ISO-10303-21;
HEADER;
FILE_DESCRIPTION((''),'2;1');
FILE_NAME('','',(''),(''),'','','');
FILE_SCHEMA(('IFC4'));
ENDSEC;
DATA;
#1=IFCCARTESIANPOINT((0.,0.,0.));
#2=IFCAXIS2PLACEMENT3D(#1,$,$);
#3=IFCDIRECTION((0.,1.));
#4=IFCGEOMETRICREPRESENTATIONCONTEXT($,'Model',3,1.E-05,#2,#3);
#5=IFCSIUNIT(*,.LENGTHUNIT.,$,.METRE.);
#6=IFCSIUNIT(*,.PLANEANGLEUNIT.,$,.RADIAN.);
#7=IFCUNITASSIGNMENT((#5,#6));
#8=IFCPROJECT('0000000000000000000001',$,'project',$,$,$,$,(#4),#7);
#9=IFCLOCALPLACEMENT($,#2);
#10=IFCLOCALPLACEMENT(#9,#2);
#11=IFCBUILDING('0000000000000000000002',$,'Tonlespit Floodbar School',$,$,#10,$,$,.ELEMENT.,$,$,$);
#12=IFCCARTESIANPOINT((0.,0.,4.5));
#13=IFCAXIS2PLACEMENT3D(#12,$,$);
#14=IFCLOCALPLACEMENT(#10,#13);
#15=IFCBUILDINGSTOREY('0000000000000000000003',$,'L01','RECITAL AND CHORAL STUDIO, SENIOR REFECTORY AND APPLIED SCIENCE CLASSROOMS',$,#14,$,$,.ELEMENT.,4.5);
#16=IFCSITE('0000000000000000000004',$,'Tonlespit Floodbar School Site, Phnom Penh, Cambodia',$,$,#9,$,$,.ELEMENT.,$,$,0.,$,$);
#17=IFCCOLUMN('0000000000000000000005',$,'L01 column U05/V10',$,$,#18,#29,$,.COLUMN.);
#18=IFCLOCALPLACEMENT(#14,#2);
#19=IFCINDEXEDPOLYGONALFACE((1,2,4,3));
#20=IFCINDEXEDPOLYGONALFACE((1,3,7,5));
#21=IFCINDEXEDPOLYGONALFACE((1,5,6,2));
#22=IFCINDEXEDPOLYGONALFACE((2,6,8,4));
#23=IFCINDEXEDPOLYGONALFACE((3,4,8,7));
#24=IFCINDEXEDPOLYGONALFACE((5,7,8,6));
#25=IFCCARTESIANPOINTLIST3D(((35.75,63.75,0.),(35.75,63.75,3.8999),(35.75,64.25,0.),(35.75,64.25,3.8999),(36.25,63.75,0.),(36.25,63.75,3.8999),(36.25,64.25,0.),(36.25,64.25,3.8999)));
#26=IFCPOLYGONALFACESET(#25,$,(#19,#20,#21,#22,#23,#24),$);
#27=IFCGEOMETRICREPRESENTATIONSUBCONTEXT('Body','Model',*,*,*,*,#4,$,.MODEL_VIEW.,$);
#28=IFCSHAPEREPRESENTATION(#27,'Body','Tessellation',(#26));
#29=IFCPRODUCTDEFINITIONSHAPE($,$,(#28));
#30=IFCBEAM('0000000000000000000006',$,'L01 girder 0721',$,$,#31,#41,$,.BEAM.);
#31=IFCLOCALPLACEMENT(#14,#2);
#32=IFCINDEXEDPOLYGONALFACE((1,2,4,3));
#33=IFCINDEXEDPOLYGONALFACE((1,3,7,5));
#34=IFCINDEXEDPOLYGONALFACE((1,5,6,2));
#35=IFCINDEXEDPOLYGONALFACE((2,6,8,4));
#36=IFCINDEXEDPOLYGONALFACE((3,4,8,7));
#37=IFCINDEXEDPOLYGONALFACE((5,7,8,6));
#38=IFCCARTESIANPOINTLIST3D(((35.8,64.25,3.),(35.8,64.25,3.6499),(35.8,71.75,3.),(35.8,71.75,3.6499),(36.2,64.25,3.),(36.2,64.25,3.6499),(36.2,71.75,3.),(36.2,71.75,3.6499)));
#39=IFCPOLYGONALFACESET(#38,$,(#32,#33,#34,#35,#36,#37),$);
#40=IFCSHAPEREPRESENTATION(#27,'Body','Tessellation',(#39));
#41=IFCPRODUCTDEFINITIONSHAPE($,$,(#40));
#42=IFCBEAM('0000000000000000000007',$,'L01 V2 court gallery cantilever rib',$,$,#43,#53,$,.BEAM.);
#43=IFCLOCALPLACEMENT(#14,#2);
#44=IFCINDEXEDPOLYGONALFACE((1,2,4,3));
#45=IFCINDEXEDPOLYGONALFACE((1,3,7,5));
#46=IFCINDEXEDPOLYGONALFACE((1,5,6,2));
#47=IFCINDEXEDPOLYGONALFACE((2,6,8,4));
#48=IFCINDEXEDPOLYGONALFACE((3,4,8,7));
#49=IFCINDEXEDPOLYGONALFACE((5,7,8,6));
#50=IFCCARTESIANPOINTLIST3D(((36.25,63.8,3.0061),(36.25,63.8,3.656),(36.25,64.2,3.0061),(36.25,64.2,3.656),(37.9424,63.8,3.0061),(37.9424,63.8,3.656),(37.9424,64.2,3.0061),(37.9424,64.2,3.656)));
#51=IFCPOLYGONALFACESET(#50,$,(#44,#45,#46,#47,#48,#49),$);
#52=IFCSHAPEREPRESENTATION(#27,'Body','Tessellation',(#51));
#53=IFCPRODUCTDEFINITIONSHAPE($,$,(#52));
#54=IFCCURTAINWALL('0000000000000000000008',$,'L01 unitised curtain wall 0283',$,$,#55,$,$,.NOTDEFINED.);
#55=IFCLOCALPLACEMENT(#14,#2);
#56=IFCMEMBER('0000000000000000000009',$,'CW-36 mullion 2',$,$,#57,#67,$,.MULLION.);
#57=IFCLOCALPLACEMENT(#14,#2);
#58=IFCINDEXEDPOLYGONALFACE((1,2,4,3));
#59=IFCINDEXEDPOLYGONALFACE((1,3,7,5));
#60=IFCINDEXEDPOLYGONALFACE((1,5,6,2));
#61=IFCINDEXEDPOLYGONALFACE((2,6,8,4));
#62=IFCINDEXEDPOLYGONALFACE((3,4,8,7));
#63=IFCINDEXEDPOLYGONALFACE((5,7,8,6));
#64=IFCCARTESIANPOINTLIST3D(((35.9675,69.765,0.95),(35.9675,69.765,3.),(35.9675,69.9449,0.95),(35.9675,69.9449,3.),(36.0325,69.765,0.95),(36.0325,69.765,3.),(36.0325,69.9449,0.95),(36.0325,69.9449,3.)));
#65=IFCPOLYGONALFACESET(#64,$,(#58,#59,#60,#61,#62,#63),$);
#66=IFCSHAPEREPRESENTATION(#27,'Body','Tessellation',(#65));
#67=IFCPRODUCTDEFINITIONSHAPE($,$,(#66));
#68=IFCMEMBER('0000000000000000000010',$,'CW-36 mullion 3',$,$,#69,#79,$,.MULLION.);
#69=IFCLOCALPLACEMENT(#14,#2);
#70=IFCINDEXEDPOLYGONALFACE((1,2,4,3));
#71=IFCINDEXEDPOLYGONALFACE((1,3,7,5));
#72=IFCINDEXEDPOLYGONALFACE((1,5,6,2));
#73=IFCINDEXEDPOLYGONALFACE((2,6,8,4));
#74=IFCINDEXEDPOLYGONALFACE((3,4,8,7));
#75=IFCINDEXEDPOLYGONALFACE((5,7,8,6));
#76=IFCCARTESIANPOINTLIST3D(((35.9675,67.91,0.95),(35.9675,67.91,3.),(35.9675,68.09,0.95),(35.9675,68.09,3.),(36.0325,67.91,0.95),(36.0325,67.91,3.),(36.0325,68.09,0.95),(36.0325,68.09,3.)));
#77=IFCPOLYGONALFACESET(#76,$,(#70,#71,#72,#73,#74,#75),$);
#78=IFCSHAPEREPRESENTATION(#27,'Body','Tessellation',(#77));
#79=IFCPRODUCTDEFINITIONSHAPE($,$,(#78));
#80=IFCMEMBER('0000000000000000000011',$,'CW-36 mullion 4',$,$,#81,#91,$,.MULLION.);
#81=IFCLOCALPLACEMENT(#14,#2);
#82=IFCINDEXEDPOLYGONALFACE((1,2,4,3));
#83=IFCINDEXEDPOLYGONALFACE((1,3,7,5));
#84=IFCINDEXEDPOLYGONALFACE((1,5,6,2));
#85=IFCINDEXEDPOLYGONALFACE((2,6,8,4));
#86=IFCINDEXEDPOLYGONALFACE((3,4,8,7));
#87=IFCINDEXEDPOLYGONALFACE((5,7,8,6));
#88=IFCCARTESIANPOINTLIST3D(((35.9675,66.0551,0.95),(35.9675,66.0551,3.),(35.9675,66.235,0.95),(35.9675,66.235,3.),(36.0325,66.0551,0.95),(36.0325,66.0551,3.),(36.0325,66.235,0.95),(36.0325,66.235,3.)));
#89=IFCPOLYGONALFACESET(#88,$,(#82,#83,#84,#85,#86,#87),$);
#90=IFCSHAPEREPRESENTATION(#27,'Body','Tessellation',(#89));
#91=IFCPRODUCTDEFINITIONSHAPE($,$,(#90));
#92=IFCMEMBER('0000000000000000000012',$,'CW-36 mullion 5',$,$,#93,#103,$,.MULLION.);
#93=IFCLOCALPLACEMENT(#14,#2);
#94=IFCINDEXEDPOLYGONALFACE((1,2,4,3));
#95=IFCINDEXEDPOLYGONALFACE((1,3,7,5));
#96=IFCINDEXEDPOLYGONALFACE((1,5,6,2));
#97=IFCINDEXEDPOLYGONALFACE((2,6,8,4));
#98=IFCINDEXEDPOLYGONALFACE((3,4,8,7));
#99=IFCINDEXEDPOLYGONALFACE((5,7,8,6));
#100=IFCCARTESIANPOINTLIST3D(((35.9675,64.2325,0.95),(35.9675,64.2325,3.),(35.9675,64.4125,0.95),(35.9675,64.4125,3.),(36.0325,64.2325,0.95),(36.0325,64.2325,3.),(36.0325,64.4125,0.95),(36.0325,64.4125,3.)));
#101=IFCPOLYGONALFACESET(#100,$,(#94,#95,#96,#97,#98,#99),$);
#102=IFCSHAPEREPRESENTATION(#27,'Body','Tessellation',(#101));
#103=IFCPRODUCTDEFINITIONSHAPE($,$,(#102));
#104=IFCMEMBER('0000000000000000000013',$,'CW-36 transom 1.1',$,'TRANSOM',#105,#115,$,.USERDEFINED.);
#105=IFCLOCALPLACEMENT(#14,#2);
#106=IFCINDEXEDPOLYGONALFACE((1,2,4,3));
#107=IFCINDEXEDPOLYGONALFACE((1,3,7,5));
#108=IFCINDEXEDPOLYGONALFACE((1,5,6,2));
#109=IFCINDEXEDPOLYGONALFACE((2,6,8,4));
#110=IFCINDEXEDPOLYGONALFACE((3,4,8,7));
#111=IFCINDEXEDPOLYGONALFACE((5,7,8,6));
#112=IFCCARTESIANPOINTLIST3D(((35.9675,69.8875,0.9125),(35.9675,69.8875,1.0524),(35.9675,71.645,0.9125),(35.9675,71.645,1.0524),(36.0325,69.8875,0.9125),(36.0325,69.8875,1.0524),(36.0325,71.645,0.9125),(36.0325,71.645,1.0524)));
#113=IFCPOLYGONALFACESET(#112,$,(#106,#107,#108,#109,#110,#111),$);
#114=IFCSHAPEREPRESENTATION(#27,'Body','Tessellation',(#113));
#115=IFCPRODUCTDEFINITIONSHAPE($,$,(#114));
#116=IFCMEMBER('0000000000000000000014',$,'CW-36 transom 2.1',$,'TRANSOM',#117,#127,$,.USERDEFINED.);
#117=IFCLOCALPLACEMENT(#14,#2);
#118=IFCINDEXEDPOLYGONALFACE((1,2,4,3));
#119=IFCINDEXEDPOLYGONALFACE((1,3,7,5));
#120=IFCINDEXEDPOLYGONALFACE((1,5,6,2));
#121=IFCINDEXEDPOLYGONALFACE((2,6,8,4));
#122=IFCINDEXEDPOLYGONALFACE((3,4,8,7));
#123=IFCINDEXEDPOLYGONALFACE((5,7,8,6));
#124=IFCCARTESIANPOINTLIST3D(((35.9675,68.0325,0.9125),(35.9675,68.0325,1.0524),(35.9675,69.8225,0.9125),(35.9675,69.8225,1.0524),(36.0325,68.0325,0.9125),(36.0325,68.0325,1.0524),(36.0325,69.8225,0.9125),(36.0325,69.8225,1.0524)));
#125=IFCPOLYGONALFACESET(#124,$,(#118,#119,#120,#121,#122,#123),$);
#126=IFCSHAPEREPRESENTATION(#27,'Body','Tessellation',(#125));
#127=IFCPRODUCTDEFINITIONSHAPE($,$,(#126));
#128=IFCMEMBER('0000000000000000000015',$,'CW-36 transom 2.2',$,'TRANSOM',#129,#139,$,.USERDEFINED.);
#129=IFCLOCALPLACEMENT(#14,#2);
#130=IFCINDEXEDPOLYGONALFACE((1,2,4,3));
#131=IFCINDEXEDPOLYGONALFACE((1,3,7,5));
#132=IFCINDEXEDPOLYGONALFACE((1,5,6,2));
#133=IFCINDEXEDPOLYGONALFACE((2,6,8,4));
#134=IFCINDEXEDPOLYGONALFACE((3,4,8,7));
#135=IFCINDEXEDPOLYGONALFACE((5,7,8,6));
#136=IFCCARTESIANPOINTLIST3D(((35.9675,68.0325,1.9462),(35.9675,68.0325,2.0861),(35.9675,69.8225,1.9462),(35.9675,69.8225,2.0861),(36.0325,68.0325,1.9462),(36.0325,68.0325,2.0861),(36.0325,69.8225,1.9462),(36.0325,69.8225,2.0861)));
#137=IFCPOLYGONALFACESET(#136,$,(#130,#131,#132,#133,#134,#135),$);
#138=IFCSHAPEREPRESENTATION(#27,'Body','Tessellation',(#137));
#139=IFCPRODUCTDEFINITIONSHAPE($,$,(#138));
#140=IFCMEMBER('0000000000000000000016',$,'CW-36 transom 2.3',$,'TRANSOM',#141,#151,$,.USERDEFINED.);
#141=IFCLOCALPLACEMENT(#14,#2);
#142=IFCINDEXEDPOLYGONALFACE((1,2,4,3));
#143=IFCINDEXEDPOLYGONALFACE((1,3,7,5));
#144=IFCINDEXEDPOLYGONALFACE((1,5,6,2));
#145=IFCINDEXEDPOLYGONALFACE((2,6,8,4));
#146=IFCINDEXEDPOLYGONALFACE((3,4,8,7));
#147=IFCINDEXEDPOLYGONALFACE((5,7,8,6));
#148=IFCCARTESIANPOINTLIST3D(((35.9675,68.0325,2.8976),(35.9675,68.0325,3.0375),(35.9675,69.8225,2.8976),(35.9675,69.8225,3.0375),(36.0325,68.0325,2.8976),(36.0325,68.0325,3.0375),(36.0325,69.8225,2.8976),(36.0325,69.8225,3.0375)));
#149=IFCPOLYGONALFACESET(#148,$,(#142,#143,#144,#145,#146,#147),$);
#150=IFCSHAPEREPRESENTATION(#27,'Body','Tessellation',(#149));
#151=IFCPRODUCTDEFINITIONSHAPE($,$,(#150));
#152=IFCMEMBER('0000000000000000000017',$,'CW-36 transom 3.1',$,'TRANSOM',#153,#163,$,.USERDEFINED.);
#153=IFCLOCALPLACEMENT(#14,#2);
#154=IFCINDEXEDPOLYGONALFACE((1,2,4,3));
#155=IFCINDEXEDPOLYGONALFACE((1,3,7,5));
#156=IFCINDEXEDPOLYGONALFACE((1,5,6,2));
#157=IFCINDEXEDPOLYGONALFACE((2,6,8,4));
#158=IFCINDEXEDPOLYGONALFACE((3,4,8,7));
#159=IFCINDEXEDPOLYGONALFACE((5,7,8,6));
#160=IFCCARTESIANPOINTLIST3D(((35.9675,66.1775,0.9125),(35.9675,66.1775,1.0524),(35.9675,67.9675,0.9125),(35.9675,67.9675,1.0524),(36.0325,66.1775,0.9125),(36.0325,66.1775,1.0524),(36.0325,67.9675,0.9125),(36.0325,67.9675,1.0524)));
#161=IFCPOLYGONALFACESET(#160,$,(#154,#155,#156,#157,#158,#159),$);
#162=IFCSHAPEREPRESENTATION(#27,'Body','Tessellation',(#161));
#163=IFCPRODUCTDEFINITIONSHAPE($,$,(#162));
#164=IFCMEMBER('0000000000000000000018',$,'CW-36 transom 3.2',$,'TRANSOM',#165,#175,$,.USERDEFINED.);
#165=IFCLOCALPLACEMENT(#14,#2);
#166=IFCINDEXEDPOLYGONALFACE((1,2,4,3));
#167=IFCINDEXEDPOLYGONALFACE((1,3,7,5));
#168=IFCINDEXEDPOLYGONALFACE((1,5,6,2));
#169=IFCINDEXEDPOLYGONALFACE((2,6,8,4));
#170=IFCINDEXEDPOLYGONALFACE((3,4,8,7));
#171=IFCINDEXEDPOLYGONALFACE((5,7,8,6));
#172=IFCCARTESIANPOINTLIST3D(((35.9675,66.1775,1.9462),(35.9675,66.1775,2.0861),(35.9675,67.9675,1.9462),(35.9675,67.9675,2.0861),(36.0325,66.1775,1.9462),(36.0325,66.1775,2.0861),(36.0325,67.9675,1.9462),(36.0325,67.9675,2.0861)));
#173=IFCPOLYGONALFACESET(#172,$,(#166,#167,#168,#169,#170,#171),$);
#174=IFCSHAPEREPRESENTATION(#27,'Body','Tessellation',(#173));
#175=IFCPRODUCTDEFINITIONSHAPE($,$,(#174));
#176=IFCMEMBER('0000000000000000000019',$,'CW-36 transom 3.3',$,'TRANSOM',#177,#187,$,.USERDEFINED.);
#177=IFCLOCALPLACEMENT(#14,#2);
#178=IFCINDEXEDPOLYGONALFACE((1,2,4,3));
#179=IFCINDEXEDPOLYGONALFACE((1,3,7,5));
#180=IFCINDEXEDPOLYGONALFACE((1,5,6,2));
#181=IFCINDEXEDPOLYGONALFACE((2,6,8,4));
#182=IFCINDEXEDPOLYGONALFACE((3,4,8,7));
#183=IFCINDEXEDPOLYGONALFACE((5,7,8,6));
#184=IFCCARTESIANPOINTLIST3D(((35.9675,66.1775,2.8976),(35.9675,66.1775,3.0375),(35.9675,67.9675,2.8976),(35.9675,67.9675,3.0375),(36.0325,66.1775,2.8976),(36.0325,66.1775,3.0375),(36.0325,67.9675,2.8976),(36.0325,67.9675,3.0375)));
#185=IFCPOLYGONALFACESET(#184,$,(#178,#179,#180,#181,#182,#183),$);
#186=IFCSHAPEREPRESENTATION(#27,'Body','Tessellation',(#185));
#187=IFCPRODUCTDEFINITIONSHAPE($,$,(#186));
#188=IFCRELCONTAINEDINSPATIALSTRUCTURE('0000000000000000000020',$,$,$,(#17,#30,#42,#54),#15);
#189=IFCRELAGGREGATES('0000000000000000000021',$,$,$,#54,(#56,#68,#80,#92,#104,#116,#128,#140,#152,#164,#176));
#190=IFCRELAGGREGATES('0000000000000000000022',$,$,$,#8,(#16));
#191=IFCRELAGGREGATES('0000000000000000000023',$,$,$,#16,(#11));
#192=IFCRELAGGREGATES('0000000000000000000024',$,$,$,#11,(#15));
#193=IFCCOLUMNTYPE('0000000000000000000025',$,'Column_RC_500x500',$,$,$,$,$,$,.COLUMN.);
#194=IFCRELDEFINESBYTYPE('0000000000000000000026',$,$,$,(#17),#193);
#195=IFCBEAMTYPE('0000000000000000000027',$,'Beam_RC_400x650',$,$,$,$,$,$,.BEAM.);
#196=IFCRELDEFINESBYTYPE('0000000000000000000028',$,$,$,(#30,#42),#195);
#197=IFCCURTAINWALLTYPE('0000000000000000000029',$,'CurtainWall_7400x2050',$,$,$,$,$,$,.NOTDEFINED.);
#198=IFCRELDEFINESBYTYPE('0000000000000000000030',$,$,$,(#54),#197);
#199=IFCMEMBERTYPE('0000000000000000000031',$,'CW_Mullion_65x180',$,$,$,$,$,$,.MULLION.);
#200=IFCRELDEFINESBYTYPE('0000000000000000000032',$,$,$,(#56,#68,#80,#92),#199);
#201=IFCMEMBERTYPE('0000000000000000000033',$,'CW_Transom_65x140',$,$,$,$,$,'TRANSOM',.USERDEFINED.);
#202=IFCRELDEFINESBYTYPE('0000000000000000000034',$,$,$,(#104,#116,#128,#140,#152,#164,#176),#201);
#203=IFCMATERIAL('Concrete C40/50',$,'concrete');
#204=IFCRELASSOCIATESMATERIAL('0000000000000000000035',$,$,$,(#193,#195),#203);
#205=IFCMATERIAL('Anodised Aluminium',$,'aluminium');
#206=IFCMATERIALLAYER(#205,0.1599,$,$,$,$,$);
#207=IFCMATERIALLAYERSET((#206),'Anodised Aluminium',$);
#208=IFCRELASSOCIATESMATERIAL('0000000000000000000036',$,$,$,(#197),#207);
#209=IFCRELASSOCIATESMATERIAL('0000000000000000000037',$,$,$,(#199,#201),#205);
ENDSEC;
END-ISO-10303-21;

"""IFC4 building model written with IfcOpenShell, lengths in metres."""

from ifc_helpers import new_model, si_unit, direction, frame, origin, origin_2d, place, context, subcontext, project, spatial, rectangle, extrude, material, layer, layer_set, material_profile, profile_set, type_object, element, aggregate, save


model = new_model("IFC4")

# Units and contexts
model_context = context("Model", 3, precision=1e-05, world=origin(), true_north=direction((0.0, 1.0)))
body_context = subcontext(model_context, "Body", "Model", "MODEL_VIEW")
ifc_project = project(units=[si_unit("LENGTHUNIT", "METRE"), si_unit("PLANEANGLEUNIT", "RADIAN")], contexts=[model_context])

# Site, building, storey
site_placement = place(None, origin())
site = spatial("IfcSite", under=ifc_project, at=site_placement, Name="Tonlespit Floodbar School Site, Phnom Penh, Cambodia", CompositionType="ELEMENT", RefElevation=0.0)
building_placement = place(site_placement, origin())
building = spatial("IfcBuilding", under=site, at=building_placement, Name="Tonlespit Floodbar School", CompositionType="ELEMENT")
storey_placement = place(building_placement, frame((0.0, 0.0, 4.5)))
storey = spatial("IfcBuildingStorey", under=building, at=storey_placement, Name="L01", Description="RECITAL AND CHORAL STUDIO, SENIOR REFECTORY AND APPLIED SCIENCE CLASSROOMS", CompositionType="ELEMENT", Elevation=4.5)

# Column
ifc_material_1 = material(Name="Concrete C40/50", Category="concrete")
ifc_material_profile_1 = material_profile(ifc_material_1, rectangle(XDim=0.5, YDim=0.5, at=origin_2d()), Name="RC 500x500")
ifc_profile_set_1 = profile_set([ifc_material_profile_1], Name="Concrete C40/50")
column_type = type_object("IfcColumnType", Name="Column_RC_500x500", PredefinedType="COLUMN", material=ifc_profile_set_1)
column_placement = place(storey_placement, frame((36.0, 64.0, 0.0), z_axis=(0.0, 0.0, 1.0), x_axis=(1.0, 0.0, 0.0)))
element("IfcColumn", 1, at=column_placement, inside=storey, type_object=column_type, Name="L01 column U05/V10", PredefinedType="COLUMN", context=body_context, shape_type="SweptSolid", body=[
    extrude(rectangle(XDim=0.5, YDim=0.5, at=origin_2d()), origin(), (0.0, 0.0, 1.0), 3.8999),
])

# Beams
ifc_material_profile_2 = material_profile(ifc_material_1, rectangle(XDim=0.3999, YDim=0.6499, at=origin_2d()), Name="RC 400x650")
ifc_profile_set_2 = profile_set([ifc_material_profile_2], Name="Concrete C40/50")
beam_type = type_object("IfcBeamType", Name="Beam_RC_400x650", PredefinedType="BEAM", material=ifc_profile_set_2)
beam_1_placement = place(storey_placement, frame((36.0, 64.25, 3.325), z_axis=(0.0, 1.0, 0.0), x_axis=(-1.0, 0.0, 0.0)))
element("IfcBeam", 2, at=beam_1_placement, inside=storey, type_object=beam_type, Name="L01 girder 0721", PredefinedType="BEAM", context=body_context, shape_type="SweptSolid", body=[
    extrude(rectangle(XDim=0.3999, YDim=0.6499, at=origin_2d()), origin(), (0.0, 0.0, 1.0), 7.5),
])
beam_2_placement = place(storey_placement, frame((36.25, 64.0, 3.3311), z_axis=(1.0, 0.0, 0.0), x_axis=(0.0, 1.0, 0.0)))
element("IfcBeam", 3, at=beam_2_placement, inside=storey, type_object=beam_type, Name="L01 V2 court gallery cantilever rib", PredefinedType="BEAM", context=body_context, shape_type="SweptSolid", body=[
    extrude(rectangle(XDim=0.3999, YDim=0.6499, at=origin_2d()), origin(), (0.0, 0.0, 1.0), 1.6924),
])

# Curtain wall, members
ifc_material_2 = material(Name="Anodised Aluminium", Category="aluminium")
ifc_layer_1 = layer(ifc_material_2, 0.1599)
ifc_layer_set_1 = layer_set([ifc_layer_1], Name="Anodised Aluminium")
curtain_wall_type = type_object("IfcCurtainWallType", Name="CurtainWall_7400x2050", PredefinedType="NOTDEFINED", material=ifc_layer_set_1)
curtain_wall_placement = place(storey_placement, origin())
curtain_wall = element("IfcCurtainWall", 4, at=curtain_wall_placement, inside=storey, type_object=curtain_wall_type, Name="L01 unitised curtain wall 0283", PredefinedType="NOTDEFINED")
ifc_material_profile_3 = material_profile(ifc_material_2, rectangle(XDim=0.0649, YDim=0.1799, at=origin_2d()), Name="ALU M65x180")
ifc_profile_set_3 = profile_set([ifc_material_profile_3], Name="Anodised Aluminium")
member_type_1 = type_object("IfcMemberType", Name="CW_Mullion_65x180", PredefinedType="MULLION", material=ifc_profile_set_3)
member_1_placement = place(storey_placement, frame((36.0, 69.855, 0.95), z_axis=(0.0, 0.0, 1.0), x_axis=(1.0, 0.0, 0.0)))
member_1 = element("IfcMember", 5, at=member_1_placement, type_object=member_type_1, Name="CW-36 mullion 2", PredefinedType="MULLION", context=body_context, shape_type="SweptSolid", body=[
    extrude(rectangle(XDim=0.0649, YDim=0.1799, at=origin_2d()), origin(), (0.0, 0.0, 1.0), 2.05),
])
member_2_placement = place(storey_placement, frame((36.0, 68.0, 0.95), z_axis=(0.0, 0.0, 1.0), x_axis=(1.0, 0.0, 0.0)))
member_2 = element("IfcMember", 6, at=member_2_placement, type_object=member_type_1, Name="CW-36 mullion 3", PredefinedType="MULLION", context=body_context, shape_type="SweptSolid", body=[
    extrude(rectangle(XDim=0.0649, YDim=0.1799, at=origin_2d()), origin(), (0.0, 0.0, 1.0), 2.05),
])
member_3_placement = place(storey_placement, frame((36.0, 66.145, 0.95), z_axis=(0.0, 0.0, 1.0), x_axis=(1.0, 0.0, 0.0)))
member_3 = element("IfcMember", 7, at=member_3_placement, type_object=member_type_1, Name="CW-36 mullion 4", PredefinedType="MULLION", context=body_context, shape_type="SweptSolid", body=[
    extrude(rectangle(XDim=0.0649, YDim=0.1799, at=origin_2d()), origin(), (0.0, 0.0, 1.0), 2.05),
])
member_4_placement = place(storey_placement, frame((36.0, 64.3225, 0.95), z_axis=(0.0, 0.0, 1.0), x_axis=(1.0, 0.0, 0.0)))
member_4 = element("IfcMember", 8, at=member_4_placement, type_object=member_type_1, Name="CW-36 mullion 5", PredefinedType="MULLION", context=body_context, shape_type="SweptSolid", body=[
    extrude(rectangle(XDim=0.0649, YDim=0.1799, at=origin_2d()), origin(), (0.0, 0.0, 1.0), 2.05),
])
ifc_material_profile_4 = material_profile(ifc_material_2, rectangle(XDim=0.0649, YDim=0.1399, at=origin_2d()), Name="ALU T65x140")
ifc_profile_set_4 = profile_set([ifc_material_profile_4], Name="Anodised Aluminium")
member_type_2 = type_object("IfcMemberType", Name="CW_Transom_65x140", ElementType="TRANSOM", PredefinedType="USERDEFINED", material=ifc_profile_set_4)
member_5_placement = place(storey_placement, frame((36.0, 71.645, 0.9824), z_axis=(0.0, -1.0, 0.0), x_axis=(1.0, 0.0, 0.0)))
member_5 = element("IfcMember", 9, at=member_5_placement, type_object=member_type_2, Name="CW-36 transom 1.1", ObjectType="TRANSOM", PredefinedType="USERDEFINED", context=body_context, shape_type="SweptSolid", body=[
    extrude(rectangle(XDim=0.0649, YDim=0.1399, at=origin_2d()), origin(), (0.0, 0.0, 1.0), 1.7576),
])
member_6_placement = place(storey_placement, frame((36.0, 69.8225, 0.9824), z_axis=(0.0, -1.0, 0.0), x_axis=(1.0, 0.0, 0.0)))
member_6 = element("IfcMember", 10, at=member_6_placement, type_object=member_type_2, Name="CW-36 transom 2.1", ObjectType="TRANSOM", PredefinedType="USERDEFINED", context=body_context, shape_type="SweptSolid", body=[
    extrude(rectangle(XDim=0.0649, YDim=0.1399, at=origin_2d()), origin(), (0.0, 0.0, 1.0), 1.79),
])
member_7_placement = place(storey_placement, frame((36.0, 69.8225, 2.0161), z_axis=(0.0, -1.0, 0.0), x_axis=(1.0, 0.0, 0.0)))
member_7 = element("IfcMember", 11, at=member_7_placement, type_object=member_type_2, Name="CW-36 transom 2.2", ObjectType="TRANSOM", PredefinedType="USERDEFINED", context=body_context, shape_type="SweptSolid", body=[
    extrude(rectangle(XDim=0.0649, YDim=0.1399, at=origin_2d()), origin(), (0.0, 0.0, 1.0), 1.79),
])
member_8_placement = place(storey_placement, frame((36.0, 69.8225, 2.9675), z_axis=(0.0, -1.0, 0.0), x_axis=(1.0, 0.0, 0.0)))
member_8 = element("IfcMember", 12, at=member_8_placement, type_object=member_type_2, Name="CW-36 transom 2.3", ObjectType="TRANSOM", PredefinedType="USERDEFINED", context=body_context, shape_type="SweptSolid", body=[
    extrude(rectangle(XDim=0.0649, YDim=0.1399, at=origin_2d()), origin(), (0.0, 0.0, 1.0), 1.79),
])
member_9_placement = place(storey_placement, frame((36.0, 67.9675, 0.9824), z_axis=(0.0, -1.0, 0.0), x_axis=(1.0, 0.0, 0.0)))
member_9 = element("IfcMember", 13, at=member_9_placement, type_object=member_type_2, Name="CW-36 transom 3.1", ObjectType="TRANSOM", PredefinedType="USERDEFINED", context=body_context, shape_type="SweptSolid", body=[
    extrude(rectangle(XDim=0.0649, YDim=0.1399, at=origin_2d()), origin(), (0.0, 0.0, 1.0), 1.79),
])
member_10_placement = place(storey_placement, frame((36.0, 67.9675, 2.0161), z_axis=(0.0, -1.0, 0.0), x_axis=(1.0, 0.0, 0.0)))
member_10 = element("IfcMember", 14, at=member_10_placement, type_object=member_type_2, Name="CW-36 transom 3.2", ObjectType="TRANSOM", PredefinedType="USERDEFINED", context=body_context, shape_type="SweptSolid", body=[
    extrude(rectangle(XDim=0.0649, YDim=0.1399, at=origin_2d()), origin(), (0.0, 0.0, 1.0), 1.79),
])
member_11_placement = place(storey_placement, frame((36.0, 67.9675, 2.9675), z_axis=(0.0, -1.0, 0.0), x_axis=(1.0, 0.0, 0.0)))
member_11 = element("IfcMember", 15, at=member_11_placement, type_object=member_type_2, Name="CW-36 transom 3.3", ObjectType="TRANSOM", PredefinedType="USERDEFINED", context=body_context, shape_type="SweptSolid", body=[
    extrude(rectangle(XDim=0.0649, YDim=0.1399, at=origin_2d()), origin(), (0.0, 0.0, 1.0), 1.79),
])
aggregate(curtain_wall, [member_1, member_2, member_3, member_4, member_5, member_6, member_7, member_8, member_9, member_10, member_11])

save(model, "model.ifc")
